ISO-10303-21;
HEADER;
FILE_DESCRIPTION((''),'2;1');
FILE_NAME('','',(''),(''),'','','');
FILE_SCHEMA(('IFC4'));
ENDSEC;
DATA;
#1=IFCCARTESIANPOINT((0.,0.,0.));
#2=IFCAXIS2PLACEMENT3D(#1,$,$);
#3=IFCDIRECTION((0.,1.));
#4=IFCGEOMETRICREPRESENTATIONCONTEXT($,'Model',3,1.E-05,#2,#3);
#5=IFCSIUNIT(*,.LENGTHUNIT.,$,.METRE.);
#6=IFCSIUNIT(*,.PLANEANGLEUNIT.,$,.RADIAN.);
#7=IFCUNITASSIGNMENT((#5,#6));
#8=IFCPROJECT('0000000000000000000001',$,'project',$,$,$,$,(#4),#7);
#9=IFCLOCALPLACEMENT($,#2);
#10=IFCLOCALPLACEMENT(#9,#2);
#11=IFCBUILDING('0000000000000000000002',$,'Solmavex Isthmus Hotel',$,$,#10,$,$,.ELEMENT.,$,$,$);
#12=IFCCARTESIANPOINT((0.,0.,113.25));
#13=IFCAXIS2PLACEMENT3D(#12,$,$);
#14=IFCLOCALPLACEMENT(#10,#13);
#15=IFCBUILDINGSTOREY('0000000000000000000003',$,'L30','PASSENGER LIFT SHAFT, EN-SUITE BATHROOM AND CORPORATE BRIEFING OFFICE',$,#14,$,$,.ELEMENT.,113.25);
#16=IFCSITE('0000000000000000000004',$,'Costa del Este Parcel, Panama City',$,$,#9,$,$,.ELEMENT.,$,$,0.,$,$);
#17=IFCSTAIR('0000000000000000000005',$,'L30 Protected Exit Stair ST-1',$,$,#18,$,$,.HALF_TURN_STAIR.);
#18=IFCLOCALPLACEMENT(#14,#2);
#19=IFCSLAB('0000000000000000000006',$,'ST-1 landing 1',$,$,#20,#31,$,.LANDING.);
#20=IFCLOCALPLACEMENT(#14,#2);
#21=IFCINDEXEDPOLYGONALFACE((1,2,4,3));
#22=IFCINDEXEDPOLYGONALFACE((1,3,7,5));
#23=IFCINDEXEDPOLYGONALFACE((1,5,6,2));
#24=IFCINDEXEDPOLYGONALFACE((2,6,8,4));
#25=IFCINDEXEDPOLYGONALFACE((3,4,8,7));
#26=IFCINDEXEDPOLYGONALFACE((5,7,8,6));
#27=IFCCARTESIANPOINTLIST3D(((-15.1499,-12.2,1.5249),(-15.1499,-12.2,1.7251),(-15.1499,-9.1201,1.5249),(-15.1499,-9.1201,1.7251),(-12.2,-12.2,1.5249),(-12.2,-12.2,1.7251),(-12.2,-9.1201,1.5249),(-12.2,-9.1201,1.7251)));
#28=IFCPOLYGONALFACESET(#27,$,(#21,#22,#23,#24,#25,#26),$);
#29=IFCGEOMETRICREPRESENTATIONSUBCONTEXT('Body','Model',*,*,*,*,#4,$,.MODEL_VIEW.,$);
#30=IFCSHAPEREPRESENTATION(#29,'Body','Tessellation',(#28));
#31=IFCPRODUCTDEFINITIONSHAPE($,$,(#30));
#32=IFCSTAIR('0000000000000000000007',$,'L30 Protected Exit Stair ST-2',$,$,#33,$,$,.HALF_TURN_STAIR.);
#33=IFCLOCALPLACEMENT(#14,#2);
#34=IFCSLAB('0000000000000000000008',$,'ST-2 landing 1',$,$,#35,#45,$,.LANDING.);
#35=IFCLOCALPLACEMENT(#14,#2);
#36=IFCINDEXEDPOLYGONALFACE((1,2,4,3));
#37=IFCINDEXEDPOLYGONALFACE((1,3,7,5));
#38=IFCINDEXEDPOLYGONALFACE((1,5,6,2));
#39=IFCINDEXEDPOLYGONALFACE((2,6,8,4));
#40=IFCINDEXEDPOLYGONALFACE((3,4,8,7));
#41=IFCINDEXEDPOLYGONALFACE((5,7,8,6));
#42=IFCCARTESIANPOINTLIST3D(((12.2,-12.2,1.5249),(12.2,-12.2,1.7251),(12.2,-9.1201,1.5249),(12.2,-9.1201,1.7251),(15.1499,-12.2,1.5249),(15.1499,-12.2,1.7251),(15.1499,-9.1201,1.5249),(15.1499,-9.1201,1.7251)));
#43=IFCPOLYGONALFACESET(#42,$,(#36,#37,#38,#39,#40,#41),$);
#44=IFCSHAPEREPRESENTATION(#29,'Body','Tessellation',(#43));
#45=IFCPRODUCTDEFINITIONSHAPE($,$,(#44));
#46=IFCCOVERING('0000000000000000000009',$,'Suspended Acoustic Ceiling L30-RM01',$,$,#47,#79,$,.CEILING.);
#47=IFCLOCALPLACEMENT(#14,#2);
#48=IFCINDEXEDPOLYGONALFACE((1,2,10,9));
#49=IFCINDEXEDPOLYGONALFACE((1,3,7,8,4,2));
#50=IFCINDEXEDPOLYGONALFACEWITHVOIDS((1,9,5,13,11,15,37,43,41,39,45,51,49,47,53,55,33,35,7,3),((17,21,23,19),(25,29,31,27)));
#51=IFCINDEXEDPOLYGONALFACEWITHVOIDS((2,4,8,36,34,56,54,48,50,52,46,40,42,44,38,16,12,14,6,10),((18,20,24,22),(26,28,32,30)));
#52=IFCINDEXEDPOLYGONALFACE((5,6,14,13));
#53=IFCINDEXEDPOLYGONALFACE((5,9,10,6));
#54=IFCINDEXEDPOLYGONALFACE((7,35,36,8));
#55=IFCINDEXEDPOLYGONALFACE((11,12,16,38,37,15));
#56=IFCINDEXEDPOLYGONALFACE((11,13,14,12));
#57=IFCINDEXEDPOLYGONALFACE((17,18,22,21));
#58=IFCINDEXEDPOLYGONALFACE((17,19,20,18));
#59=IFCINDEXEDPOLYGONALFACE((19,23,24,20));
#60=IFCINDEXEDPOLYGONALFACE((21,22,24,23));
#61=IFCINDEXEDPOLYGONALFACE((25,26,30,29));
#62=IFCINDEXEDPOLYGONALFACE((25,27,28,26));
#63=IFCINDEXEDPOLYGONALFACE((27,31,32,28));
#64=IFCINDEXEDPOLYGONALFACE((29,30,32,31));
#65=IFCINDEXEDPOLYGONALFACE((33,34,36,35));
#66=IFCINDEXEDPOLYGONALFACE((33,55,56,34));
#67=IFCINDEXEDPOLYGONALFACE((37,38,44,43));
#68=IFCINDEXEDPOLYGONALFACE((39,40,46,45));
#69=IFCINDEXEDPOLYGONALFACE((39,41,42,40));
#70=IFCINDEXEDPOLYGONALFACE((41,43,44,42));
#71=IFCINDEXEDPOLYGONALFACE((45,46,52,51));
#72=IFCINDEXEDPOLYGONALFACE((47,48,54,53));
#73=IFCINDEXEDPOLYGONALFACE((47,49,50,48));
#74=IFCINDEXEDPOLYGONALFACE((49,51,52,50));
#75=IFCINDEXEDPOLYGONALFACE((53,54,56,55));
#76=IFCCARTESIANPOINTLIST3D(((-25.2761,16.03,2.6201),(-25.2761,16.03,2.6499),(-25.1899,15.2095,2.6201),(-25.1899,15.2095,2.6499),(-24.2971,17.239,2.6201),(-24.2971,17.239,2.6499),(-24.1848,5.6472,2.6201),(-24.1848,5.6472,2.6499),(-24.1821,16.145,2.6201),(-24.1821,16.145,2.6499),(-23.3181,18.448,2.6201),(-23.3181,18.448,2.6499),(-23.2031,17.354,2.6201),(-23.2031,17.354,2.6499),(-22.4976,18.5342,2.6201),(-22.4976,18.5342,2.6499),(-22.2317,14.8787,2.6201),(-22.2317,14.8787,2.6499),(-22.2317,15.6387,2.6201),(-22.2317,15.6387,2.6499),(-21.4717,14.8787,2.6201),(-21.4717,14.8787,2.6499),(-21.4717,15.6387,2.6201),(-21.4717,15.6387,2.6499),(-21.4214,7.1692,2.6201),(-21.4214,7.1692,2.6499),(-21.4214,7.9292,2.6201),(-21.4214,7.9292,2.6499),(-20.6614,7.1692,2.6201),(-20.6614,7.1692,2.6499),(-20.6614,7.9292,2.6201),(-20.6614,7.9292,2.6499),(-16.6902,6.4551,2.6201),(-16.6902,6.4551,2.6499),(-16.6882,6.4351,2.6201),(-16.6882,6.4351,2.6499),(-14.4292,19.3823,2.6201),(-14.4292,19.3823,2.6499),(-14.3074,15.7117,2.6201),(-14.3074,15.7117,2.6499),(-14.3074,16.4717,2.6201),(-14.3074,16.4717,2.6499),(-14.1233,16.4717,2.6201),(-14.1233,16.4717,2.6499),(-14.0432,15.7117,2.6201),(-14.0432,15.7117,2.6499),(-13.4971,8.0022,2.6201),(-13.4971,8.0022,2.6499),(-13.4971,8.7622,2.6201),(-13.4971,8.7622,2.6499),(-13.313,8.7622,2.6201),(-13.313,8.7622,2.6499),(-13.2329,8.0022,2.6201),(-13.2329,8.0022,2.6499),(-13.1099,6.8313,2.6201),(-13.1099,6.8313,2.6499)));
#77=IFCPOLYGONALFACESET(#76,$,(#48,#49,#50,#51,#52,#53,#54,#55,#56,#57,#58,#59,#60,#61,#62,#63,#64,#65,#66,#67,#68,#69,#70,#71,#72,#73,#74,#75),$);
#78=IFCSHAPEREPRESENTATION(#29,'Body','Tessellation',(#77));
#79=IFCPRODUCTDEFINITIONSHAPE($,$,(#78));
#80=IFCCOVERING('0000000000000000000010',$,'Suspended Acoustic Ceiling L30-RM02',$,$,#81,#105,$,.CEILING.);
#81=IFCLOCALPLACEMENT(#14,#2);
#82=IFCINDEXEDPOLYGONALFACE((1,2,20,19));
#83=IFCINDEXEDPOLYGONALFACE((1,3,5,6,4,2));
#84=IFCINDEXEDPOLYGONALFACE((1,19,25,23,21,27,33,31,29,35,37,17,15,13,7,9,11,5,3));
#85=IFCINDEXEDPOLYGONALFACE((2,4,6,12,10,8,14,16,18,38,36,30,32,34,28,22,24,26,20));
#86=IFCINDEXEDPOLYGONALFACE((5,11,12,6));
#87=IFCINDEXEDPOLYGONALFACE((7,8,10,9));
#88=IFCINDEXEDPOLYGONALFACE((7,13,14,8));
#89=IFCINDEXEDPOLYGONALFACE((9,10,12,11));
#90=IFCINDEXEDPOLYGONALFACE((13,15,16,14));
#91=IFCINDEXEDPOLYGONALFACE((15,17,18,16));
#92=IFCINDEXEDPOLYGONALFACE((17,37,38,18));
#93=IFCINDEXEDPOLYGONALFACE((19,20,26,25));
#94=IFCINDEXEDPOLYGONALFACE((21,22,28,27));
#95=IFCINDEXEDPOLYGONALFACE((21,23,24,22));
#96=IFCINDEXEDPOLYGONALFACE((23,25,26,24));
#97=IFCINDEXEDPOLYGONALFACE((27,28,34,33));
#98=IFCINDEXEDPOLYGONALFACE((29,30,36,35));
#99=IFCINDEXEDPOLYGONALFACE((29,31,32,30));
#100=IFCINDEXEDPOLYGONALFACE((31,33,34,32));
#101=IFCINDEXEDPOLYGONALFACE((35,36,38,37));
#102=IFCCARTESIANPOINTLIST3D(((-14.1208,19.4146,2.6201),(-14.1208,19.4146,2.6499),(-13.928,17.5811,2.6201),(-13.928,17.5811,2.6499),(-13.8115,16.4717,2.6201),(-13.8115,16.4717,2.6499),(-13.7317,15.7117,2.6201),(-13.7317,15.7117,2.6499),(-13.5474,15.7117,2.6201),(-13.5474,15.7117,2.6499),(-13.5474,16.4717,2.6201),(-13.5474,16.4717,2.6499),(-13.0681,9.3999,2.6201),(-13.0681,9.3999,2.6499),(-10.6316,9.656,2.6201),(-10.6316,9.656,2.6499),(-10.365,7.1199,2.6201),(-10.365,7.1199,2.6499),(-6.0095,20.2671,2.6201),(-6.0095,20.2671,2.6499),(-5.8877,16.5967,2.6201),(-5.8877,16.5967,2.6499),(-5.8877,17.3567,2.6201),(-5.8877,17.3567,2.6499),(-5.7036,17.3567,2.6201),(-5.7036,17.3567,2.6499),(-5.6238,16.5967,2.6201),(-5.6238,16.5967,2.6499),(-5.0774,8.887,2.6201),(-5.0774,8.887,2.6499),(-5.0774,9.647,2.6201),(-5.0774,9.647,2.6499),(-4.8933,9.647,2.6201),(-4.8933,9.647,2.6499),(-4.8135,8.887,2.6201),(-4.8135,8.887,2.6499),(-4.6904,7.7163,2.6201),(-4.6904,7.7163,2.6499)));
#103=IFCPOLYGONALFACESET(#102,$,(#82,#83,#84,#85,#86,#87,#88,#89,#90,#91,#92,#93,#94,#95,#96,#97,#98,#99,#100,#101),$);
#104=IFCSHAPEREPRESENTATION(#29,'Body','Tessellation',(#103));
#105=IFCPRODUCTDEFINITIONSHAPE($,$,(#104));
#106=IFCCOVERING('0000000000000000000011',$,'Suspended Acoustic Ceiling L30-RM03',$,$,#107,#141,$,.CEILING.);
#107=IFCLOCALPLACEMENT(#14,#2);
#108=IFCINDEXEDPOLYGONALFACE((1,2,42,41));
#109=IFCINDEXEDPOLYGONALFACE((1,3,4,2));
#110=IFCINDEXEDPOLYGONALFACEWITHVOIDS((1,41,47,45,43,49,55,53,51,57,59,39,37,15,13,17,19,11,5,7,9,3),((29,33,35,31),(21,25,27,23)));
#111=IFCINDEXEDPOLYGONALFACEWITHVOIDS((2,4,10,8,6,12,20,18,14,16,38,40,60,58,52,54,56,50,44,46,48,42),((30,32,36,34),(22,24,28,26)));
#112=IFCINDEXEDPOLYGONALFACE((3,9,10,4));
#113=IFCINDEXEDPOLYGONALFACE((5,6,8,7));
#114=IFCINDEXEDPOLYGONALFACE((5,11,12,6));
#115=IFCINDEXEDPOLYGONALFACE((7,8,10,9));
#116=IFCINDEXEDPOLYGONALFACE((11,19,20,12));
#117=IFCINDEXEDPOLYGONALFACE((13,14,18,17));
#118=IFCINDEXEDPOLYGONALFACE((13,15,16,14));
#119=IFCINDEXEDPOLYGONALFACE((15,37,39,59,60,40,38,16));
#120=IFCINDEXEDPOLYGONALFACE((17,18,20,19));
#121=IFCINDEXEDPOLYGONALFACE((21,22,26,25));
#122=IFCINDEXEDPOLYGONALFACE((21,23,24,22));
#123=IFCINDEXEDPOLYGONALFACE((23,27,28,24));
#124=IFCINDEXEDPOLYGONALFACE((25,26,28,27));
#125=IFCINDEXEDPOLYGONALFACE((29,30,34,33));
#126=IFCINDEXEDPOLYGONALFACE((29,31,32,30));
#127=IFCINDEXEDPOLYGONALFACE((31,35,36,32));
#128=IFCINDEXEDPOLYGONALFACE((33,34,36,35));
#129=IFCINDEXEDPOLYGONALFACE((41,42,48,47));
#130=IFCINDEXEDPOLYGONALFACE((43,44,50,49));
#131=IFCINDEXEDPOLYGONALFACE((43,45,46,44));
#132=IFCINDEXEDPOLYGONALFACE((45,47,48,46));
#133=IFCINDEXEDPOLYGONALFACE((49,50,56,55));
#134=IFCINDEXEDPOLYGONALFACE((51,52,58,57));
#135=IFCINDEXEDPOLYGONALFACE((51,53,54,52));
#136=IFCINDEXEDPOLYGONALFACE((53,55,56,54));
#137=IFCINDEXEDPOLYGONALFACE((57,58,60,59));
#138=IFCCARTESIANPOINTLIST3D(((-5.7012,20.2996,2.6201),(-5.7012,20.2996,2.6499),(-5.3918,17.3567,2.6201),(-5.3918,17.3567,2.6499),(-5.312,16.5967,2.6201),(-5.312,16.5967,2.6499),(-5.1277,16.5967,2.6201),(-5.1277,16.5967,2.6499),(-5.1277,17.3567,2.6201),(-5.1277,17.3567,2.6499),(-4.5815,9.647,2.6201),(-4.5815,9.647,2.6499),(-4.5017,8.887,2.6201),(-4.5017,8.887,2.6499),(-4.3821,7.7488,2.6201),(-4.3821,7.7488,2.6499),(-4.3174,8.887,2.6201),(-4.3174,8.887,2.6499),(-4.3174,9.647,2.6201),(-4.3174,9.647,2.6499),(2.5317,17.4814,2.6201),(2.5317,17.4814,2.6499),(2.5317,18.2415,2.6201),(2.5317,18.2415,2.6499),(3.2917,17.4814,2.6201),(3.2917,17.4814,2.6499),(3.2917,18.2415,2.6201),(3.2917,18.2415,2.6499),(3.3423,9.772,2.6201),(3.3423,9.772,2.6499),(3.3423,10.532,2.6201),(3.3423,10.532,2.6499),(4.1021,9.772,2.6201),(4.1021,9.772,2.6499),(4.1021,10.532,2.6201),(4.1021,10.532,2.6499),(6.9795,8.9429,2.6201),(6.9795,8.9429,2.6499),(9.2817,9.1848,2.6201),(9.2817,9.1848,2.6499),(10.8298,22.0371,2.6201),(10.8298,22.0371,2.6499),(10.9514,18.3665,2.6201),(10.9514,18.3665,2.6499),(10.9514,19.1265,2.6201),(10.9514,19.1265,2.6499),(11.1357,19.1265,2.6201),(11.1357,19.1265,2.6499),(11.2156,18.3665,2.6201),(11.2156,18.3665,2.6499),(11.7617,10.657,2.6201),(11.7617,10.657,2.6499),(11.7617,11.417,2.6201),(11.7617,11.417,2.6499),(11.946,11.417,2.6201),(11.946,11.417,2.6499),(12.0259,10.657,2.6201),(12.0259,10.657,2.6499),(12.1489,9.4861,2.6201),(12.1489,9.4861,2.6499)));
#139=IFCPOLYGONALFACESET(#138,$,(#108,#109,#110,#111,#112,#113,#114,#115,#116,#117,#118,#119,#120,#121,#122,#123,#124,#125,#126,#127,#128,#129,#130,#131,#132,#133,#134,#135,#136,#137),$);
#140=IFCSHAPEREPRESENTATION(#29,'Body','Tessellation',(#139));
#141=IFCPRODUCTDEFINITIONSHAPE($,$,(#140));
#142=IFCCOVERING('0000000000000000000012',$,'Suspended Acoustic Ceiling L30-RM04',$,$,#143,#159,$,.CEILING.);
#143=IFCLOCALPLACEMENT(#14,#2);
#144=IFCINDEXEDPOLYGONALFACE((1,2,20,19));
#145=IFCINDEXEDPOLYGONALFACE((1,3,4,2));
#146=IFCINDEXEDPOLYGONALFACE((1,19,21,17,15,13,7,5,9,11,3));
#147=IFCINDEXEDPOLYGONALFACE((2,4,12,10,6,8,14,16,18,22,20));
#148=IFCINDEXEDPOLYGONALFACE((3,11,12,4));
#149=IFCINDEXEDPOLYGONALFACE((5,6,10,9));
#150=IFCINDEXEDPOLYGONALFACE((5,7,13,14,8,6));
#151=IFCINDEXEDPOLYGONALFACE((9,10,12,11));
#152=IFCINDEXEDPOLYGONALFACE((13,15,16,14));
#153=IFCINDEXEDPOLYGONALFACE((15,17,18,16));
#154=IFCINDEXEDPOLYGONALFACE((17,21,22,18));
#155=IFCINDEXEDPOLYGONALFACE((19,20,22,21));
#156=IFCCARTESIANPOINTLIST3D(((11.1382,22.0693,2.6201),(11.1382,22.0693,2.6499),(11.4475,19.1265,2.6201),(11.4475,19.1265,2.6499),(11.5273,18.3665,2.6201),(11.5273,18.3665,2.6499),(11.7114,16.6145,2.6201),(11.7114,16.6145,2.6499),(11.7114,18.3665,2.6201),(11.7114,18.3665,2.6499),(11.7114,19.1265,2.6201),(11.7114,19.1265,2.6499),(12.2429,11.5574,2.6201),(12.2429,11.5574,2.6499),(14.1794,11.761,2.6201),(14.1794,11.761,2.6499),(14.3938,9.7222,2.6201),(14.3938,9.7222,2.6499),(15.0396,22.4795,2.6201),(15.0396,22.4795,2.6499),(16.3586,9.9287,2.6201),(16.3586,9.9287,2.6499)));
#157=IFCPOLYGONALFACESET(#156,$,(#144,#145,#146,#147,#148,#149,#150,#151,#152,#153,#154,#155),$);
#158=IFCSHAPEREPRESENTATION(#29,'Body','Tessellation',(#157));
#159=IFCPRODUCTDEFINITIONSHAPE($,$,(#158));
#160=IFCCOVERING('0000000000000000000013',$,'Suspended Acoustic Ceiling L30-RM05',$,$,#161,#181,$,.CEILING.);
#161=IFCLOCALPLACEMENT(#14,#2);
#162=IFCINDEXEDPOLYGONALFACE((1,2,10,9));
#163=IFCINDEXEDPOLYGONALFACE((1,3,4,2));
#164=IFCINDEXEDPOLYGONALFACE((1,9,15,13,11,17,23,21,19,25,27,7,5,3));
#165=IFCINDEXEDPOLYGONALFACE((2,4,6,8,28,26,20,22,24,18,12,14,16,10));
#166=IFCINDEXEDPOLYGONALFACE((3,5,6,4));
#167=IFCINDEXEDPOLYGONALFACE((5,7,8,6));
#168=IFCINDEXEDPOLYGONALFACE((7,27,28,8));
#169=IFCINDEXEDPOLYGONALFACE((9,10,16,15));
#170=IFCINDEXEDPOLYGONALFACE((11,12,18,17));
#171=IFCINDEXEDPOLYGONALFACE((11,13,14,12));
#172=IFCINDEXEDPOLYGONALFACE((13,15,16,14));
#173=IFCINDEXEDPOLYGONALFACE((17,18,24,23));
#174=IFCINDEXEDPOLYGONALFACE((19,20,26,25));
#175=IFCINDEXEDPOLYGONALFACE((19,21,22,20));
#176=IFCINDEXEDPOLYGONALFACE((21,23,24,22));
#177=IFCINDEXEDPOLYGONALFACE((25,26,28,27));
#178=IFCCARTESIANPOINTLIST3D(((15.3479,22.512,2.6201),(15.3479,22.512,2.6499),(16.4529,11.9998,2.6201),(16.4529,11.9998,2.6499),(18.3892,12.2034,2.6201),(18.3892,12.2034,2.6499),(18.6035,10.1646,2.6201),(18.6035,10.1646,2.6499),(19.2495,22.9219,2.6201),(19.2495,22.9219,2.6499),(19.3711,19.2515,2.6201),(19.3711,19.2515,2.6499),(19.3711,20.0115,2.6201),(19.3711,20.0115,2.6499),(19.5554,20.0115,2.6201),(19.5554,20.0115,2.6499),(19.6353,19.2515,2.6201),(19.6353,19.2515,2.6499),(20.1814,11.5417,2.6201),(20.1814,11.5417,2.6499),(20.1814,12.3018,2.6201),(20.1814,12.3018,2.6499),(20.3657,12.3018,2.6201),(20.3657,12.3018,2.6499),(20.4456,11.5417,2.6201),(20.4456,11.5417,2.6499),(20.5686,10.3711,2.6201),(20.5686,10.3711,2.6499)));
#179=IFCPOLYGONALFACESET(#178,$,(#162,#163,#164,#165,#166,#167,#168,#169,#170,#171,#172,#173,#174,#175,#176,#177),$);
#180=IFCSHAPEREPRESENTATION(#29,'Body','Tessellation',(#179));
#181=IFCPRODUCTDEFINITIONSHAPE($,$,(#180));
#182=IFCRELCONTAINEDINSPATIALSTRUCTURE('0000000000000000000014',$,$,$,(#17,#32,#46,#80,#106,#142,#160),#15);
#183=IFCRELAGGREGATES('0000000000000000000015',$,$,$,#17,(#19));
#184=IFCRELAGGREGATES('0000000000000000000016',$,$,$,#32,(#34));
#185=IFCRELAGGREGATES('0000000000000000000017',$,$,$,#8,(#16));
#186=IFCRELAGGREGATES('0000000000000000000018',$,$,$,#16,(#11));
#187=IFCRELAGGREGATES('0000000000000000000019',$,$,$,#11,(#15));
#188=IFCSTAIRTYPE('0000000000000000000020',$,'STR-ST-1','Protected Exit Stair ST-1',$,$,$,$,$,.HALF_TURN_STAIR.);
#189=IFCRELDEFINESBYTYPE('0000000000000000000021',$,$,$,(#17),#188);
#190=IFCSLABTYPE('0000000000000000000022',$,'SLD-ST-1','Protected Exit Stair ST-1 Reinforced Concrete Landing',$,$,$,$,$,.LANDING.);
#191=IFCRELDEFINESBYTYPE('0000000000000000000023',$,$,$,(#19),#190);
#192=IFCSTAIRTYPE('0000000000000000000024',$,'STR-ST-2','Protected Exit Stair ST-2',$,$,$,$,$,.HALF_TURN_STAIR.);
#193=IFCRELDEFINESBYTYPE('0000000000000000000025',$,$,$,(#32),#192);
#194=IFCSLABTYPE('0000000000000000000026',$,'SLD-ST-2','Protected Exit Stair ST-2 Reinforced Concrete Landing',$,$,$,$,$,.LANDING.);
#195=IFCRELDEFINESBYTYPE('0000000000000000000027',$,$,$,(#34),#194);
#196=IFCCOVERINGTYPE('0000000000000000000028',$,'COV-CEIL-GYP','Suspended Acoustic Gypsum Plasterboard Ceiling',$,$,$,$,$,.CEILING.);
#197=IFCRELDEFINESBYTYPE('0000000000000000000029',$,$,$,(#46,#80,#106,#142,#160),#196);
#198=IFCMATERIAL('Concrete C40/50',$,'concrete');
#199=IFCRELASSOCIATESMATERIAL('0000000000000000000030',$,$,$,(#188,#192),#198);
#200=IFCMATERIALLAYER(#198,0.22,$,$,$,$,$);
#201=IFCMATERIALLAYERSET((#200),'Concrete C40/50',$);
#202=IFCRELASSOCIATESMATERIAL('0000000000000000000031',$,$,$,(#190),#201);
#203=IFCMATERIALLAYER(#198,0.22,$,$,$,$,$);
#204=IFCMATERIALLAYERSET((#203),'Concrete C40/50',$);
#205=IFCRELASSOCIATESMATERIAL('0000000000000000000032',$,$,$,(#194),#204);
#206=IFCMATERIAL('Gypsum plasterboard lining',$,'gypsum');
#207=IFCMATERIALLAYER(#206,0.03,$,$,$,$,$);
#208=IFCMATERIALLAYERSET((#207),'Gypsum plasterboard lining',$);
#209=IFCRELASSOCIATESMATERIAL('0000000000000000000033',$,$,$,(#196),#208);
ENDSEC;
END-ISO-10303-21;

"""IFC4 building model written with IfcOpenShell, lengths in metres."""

from ifc_helpers import new_model, si_unit, direction, frame, origin, place, context, subcontext, project, spatial, polyline, outline, extrude, material, layer, layer_set, type_object, element, aggregate, save


model = new_model("IFC4")

# Units and contexts
model_context = context("Model", 3, precision=1e-05, world=origin(), true_north=direction((0.0, 1.0)))
body_context = subcontext(model_context, "Body", "Model", "MODEL_VIEW")
ifc_project = project(units=[si_unit("LENGTHUNIT", "METRE"), si_unit("PLANEANGLEUNIT", "RADIAN")], contexts=[model_context])

# Site, building, storey
site_placement = place(None, origin())
site = spatial("IfcSite", under=ifc_project, at=site_placement, Name="Costa del Este Parcel, Panama City", CompositionType="ELEMENT", RefElevation=0.0)
building_placement = place(site_placement, origin())
building = spatial("IfcBuilding", under=site, at=building_placement, Name="Solmavex Isthmus Hotel", CompositionType="ELEMENT")
storey_placement = place(building_placement, frame((0.0, 0.0, 113.25)))
storey = spatial("IfcBuildingStorey", under=building, at=storey_placement, Name="L30", Description="PASSENGER LIFT SHAFT, EN-SUITE BATHROOM AND CORPORATE BRIEFING OFFICE", CompositionType="ELEMENT", Elevation=113.25)

# Stairs, slabs
ifc_material_1 = material(Name="Concrete C40/50", Category="concrete")
stair_type_1 = type_object("IfcStairType", Name="STR-ST-1", Description="Protected Exit Stair ST-1", PredefinedType="HALF_TURN_STAIR", material=ifc_material_1)
stair_1_placement = place(storey_placement, origin())
stair_1 = element("IfcStair", 1, at=stair_1_placement, inside=storey, type_object=stair_type_1, Name="L30 Protected Exit Stair ST-1", PredefinedType="HALF_TURN_STAIR")
ifc_layer_1 = layer(ifc_material_1, 0.22)
ifc_layer_set_1 = layer_set([ifc_layer_1], Name="Concrete C40/50")
slab_type_1 = type_object("IfcSlabType", Name="SLD-ST-1", Description="Protected Exit Stair ST-1 Reinforced Concrete Landing", PredefinedType="LANDING", material=ifc_layer_set_1)
slab_1_placement = place(storey_placement, frame((0.0, 0.0, 1.5249)))
slab_1 = element("IfcSlab", 2, at=slab_1_placement, type_object=slab_type_1, Name="ST-1 landing 1", PredefinedType="LANDING", context=body_context, shape_type="SweptSolid", body=[
    extrude(outline(polyline([(-15.1499, -9.1201), (-15.1499, -12.2), (-12.2, -12.2), (-12.2, -9.1201), (-15.1499, -9.1201)])), origin(), (0.0, 0.0, 1.0), 0.2002),
])
aggregate(stair_1, [slab_1])
stair_type_2 = type_object("IfcStairType", Name="STR-ST-2", Description="Protected Exit Stair ST-2", PredefinedType="HALF_TURN_STAIR", material=ifc_material_1)
stair_2_placement = place(storey_placement, origin())
stair_2 = element("IfcStair", 3, at=stair_2_placement, inside=storey, type_object=stair_type_2, Name="L30 Protected Exit Stair ST-2", PredefinedType="HALF_TURN_STAIR")
ifc_layer_2 = layer(ifc_material_1, 0.22)
ifc_layer_set_2 = layer_set([ifc_layer_2], Name="Concrete C40/50")
slab_type_2 = type_object("IfcSlabType", Name="SLD-ST-2", Description="Protected Exit Stair ST-2 Reinforced Concrete Landing", PredefinedType="LANDING", material=ifc_layer_set_2)
slab_2_placement = place(storey_placement, frame((0.0, 0.0, 1.5249)))
slab_2 = element("IfcSlab", 4, at=slab_2_placement, type_object=slab_type_2, Name="ST-2 landing 1", PredefinedType="LANDING", context=body_context, shape_type="SweptSolid", body=[
    extrude(outline(polyline([(12.2, -9.1201), (12.2, -12.2), (15.1499, -12.2), (15.1499, -9.1201), (12.2, -9.1201)])), origin(), (0.0, 0.0, 1.0), 0.2002),
])
aggregate(stair_2, [slab_2])

# Coverings
ifc_material_2 = material(Name="Gypsum plasterboard lining", Category="gypsum")
ifc_layer_3 = layer(ifc_material_2, 0.03)
ifc_layer_set_3 = layer_set([ifc_layer_3], Name="Gypsum plasterboard lining")
covering_type_1 = type_object("IfcCoveringType", Name="COV-CEIL-GYP", Description="Suspended Acoustic Gypsum Plasterboard Ceiling", PredefinedType="CEILING", material=ifc_layer_set_3)
covering_1_placement = place(storey_placement, frame((0.0, 0.0, 2.6201)))
element("IfcCovering", 5, at=covering_1_placement, inside=storey, type_object=covering_type_1, Name="Suspended Acoustic Ceiling L30-RM01", PredefinedType="CEILING", context=body_context, shape_type="SweptSolid", body=[
    extrude(outline(polyline([(-16.6882, 6.4351), (-16.6902, 6.4551), (-13.1099, 6.8313), (-13.2329, 8.0022), (-13.4971, 8.0022), (-13.4971, 8.7622), (-13.313, 8.7622), (-14.0432, 15.7117), (-14.3074, 15.7117), (-14.3074, 16.4717), (-14.1233, 16.4717), (-14.4292, 19.3823), (-22.4976, 18.5342), (-23.3181, 18.448), (-23.2031, 17.354), (-24.2971, 17.239), (-24.1821, 16.145), (-25.2761, 16.03), (-25.1899, 15.2095), (-24.1848, 5.6472), (-16.6882, 6.4351)]), holes=[polyline([(-21.4214, 7.1692), (-21.4214, 7.9292), (-20.6614, 7.9292), (-20.6614, 7.1692), (-21.4214, 7.1692)]), polyline([(-22.2317, 14.8787), (-22.2317, 15.6387), (-21.4717, 15.6387), (-21.4717, 14.8787), (-22.2317, 14.8787)])]), origin(), (0.0, 0.0, 1.0), 0.0298),
])
covering_2_placement = place(storey_placement, frame((0.0, 0.0, 2.6201)))
element("IfcCovering", 6, at=covering_2_placement, inside=storey, type_object=covering_type_1, Name="Suspended Acoustic Ceiling L30-RM02", PredefinedType="CEILING", context=body_context, shape_type="SweptSolid", body=[
    extrude(outline(polyline([(-13.8115, 16.4717), (-13.5474, 16.4717), (-13.5474, 15.7117), (-13.7317, 15.7117), (-13.0681, 9.3999), (-10.6316, 9.656), (-10.365, 7.1199), (-4.6904, 7.7163), (-4.8135, 8.887), (-5.0774, 8.887), (-5.0774, 9.647), (-4.8933, 9.647), (-5.6238, 16.5967), (-5.8877, 16.5967), (-5.8877, 17.3567), (-5.7036, 17.3567), (-6.0095, 20.2671), (-14.1208, 19.4146), (-13.928, 17.5811), (-13.8115, 16.4717)])), origin(), (0.0, 0.0, 1.0), 0.0298),
])
covering_3_placement = place(storey_placement, frame((0.0, 0.0, 2.6201)))
element("IfcCovering", 7, at=covering_3_placement, inside=storey, type_object=covering_type_1, Name="Suspended Acoustic Ceiling L30-RM03", PredefinedType="CEILING", context=body_context, shape_type="SweptSolid", body=[
    extrude(outline(polyline([(-4.5815, 9.647), (-4.3174, 9.647), (-4.3174, 8.887), (-4.5017, 8.887), (-4.3821, 7.7488), (6.9795, 8.9429), (9.2817, 9.1848), (12.1489, 9.4861), (12.0259, 10.657), (11.7617, 10.657), (11.7617, 11.417), (11.946, 11.417), (11.2156, 18.3665), (10.9514, 18.3665), (10.9514, 19.1265), (11.1357, 19.1265), (10.8298, 22.0371), (-5.7012, 20.2996), (-5.3918, 17.3567), (-5.1277, 17.3567), (-5.1277, 16.5967), (-5.312, 16.5967), (-4.5815, 9.647)]), holes=[polyline([(3.3423, 9.772), (3.3423, 10.532), (4.1021, 10.532), (4.1021, 9.772), (3.3423, 9.772)]), polyline([(2.5317, 17.4814), (2.5317, 18.2415), (3.2917, 18.2415), (3.2917, 17.4814), (2.5317, 17.4814)])]), origin(), (0.0, 0.0, 1.0), 0.0298),
])
covering_4_placement = place(storey_placement, frame((0.0, 0.0, 2.6201)))
element("IfcCovering", 8, at=covering_4_placement, inside=storey, type_object=covering_type_1, Name="Suspended Acoustic Ceiling L30-RM04", PredefinedType="CEILING", context=body_context, shape_type="SweptSolid", body=[
    extrude(outline(polyline([(11.4475, 19.1265), (11.7114, 19.1265), (11.7114, 18.3665), (11.5273, 18.3665), (11.7114, 16.6145), (12.2429, 11.5574), (14.1794, 11.761), (14.3938, 9.7222), (16.3586, 9.9287), (15.0396, 22.4795), (11.1382, 22.0693), (11.4475, 19.1265)])), origin(), (0.0, 0.0, 1.0), 0.0298),
])
covering_5_placement = place(storey_placement, frame((0.0, 0.0, 2.6201)))
element("IfcCovering", 9, at=covering_5_placement, inside=storey, type_object=covering_type_1, Name="Suspended Acoustic Ceiling L30-RM05", PredefinedType="CEILING", context=body_context, shape_type="SweptSolid", body=[
    extrude(outline(polyline([(19.6353, 19.2515), (19.3711, 19.2515), (19.3711, 20.0115), (19.5554, 20.0115), (19.2495, 22.9219), (15.3479, 22.512), (16.4529, 11.9998), (18.3892, 12.2034), (18.6035, 10.1646), (20.5686, 10.3711), (20.4456, 11.5417), (20.1814, 11.5417), (20.1814, 12.3018), (20.3657, 12.3018), (19.6353, 19.2515)])), origin(), (0.0, 0.0, 1.0), 0.0298),
])

save(model, "model.ifc")
